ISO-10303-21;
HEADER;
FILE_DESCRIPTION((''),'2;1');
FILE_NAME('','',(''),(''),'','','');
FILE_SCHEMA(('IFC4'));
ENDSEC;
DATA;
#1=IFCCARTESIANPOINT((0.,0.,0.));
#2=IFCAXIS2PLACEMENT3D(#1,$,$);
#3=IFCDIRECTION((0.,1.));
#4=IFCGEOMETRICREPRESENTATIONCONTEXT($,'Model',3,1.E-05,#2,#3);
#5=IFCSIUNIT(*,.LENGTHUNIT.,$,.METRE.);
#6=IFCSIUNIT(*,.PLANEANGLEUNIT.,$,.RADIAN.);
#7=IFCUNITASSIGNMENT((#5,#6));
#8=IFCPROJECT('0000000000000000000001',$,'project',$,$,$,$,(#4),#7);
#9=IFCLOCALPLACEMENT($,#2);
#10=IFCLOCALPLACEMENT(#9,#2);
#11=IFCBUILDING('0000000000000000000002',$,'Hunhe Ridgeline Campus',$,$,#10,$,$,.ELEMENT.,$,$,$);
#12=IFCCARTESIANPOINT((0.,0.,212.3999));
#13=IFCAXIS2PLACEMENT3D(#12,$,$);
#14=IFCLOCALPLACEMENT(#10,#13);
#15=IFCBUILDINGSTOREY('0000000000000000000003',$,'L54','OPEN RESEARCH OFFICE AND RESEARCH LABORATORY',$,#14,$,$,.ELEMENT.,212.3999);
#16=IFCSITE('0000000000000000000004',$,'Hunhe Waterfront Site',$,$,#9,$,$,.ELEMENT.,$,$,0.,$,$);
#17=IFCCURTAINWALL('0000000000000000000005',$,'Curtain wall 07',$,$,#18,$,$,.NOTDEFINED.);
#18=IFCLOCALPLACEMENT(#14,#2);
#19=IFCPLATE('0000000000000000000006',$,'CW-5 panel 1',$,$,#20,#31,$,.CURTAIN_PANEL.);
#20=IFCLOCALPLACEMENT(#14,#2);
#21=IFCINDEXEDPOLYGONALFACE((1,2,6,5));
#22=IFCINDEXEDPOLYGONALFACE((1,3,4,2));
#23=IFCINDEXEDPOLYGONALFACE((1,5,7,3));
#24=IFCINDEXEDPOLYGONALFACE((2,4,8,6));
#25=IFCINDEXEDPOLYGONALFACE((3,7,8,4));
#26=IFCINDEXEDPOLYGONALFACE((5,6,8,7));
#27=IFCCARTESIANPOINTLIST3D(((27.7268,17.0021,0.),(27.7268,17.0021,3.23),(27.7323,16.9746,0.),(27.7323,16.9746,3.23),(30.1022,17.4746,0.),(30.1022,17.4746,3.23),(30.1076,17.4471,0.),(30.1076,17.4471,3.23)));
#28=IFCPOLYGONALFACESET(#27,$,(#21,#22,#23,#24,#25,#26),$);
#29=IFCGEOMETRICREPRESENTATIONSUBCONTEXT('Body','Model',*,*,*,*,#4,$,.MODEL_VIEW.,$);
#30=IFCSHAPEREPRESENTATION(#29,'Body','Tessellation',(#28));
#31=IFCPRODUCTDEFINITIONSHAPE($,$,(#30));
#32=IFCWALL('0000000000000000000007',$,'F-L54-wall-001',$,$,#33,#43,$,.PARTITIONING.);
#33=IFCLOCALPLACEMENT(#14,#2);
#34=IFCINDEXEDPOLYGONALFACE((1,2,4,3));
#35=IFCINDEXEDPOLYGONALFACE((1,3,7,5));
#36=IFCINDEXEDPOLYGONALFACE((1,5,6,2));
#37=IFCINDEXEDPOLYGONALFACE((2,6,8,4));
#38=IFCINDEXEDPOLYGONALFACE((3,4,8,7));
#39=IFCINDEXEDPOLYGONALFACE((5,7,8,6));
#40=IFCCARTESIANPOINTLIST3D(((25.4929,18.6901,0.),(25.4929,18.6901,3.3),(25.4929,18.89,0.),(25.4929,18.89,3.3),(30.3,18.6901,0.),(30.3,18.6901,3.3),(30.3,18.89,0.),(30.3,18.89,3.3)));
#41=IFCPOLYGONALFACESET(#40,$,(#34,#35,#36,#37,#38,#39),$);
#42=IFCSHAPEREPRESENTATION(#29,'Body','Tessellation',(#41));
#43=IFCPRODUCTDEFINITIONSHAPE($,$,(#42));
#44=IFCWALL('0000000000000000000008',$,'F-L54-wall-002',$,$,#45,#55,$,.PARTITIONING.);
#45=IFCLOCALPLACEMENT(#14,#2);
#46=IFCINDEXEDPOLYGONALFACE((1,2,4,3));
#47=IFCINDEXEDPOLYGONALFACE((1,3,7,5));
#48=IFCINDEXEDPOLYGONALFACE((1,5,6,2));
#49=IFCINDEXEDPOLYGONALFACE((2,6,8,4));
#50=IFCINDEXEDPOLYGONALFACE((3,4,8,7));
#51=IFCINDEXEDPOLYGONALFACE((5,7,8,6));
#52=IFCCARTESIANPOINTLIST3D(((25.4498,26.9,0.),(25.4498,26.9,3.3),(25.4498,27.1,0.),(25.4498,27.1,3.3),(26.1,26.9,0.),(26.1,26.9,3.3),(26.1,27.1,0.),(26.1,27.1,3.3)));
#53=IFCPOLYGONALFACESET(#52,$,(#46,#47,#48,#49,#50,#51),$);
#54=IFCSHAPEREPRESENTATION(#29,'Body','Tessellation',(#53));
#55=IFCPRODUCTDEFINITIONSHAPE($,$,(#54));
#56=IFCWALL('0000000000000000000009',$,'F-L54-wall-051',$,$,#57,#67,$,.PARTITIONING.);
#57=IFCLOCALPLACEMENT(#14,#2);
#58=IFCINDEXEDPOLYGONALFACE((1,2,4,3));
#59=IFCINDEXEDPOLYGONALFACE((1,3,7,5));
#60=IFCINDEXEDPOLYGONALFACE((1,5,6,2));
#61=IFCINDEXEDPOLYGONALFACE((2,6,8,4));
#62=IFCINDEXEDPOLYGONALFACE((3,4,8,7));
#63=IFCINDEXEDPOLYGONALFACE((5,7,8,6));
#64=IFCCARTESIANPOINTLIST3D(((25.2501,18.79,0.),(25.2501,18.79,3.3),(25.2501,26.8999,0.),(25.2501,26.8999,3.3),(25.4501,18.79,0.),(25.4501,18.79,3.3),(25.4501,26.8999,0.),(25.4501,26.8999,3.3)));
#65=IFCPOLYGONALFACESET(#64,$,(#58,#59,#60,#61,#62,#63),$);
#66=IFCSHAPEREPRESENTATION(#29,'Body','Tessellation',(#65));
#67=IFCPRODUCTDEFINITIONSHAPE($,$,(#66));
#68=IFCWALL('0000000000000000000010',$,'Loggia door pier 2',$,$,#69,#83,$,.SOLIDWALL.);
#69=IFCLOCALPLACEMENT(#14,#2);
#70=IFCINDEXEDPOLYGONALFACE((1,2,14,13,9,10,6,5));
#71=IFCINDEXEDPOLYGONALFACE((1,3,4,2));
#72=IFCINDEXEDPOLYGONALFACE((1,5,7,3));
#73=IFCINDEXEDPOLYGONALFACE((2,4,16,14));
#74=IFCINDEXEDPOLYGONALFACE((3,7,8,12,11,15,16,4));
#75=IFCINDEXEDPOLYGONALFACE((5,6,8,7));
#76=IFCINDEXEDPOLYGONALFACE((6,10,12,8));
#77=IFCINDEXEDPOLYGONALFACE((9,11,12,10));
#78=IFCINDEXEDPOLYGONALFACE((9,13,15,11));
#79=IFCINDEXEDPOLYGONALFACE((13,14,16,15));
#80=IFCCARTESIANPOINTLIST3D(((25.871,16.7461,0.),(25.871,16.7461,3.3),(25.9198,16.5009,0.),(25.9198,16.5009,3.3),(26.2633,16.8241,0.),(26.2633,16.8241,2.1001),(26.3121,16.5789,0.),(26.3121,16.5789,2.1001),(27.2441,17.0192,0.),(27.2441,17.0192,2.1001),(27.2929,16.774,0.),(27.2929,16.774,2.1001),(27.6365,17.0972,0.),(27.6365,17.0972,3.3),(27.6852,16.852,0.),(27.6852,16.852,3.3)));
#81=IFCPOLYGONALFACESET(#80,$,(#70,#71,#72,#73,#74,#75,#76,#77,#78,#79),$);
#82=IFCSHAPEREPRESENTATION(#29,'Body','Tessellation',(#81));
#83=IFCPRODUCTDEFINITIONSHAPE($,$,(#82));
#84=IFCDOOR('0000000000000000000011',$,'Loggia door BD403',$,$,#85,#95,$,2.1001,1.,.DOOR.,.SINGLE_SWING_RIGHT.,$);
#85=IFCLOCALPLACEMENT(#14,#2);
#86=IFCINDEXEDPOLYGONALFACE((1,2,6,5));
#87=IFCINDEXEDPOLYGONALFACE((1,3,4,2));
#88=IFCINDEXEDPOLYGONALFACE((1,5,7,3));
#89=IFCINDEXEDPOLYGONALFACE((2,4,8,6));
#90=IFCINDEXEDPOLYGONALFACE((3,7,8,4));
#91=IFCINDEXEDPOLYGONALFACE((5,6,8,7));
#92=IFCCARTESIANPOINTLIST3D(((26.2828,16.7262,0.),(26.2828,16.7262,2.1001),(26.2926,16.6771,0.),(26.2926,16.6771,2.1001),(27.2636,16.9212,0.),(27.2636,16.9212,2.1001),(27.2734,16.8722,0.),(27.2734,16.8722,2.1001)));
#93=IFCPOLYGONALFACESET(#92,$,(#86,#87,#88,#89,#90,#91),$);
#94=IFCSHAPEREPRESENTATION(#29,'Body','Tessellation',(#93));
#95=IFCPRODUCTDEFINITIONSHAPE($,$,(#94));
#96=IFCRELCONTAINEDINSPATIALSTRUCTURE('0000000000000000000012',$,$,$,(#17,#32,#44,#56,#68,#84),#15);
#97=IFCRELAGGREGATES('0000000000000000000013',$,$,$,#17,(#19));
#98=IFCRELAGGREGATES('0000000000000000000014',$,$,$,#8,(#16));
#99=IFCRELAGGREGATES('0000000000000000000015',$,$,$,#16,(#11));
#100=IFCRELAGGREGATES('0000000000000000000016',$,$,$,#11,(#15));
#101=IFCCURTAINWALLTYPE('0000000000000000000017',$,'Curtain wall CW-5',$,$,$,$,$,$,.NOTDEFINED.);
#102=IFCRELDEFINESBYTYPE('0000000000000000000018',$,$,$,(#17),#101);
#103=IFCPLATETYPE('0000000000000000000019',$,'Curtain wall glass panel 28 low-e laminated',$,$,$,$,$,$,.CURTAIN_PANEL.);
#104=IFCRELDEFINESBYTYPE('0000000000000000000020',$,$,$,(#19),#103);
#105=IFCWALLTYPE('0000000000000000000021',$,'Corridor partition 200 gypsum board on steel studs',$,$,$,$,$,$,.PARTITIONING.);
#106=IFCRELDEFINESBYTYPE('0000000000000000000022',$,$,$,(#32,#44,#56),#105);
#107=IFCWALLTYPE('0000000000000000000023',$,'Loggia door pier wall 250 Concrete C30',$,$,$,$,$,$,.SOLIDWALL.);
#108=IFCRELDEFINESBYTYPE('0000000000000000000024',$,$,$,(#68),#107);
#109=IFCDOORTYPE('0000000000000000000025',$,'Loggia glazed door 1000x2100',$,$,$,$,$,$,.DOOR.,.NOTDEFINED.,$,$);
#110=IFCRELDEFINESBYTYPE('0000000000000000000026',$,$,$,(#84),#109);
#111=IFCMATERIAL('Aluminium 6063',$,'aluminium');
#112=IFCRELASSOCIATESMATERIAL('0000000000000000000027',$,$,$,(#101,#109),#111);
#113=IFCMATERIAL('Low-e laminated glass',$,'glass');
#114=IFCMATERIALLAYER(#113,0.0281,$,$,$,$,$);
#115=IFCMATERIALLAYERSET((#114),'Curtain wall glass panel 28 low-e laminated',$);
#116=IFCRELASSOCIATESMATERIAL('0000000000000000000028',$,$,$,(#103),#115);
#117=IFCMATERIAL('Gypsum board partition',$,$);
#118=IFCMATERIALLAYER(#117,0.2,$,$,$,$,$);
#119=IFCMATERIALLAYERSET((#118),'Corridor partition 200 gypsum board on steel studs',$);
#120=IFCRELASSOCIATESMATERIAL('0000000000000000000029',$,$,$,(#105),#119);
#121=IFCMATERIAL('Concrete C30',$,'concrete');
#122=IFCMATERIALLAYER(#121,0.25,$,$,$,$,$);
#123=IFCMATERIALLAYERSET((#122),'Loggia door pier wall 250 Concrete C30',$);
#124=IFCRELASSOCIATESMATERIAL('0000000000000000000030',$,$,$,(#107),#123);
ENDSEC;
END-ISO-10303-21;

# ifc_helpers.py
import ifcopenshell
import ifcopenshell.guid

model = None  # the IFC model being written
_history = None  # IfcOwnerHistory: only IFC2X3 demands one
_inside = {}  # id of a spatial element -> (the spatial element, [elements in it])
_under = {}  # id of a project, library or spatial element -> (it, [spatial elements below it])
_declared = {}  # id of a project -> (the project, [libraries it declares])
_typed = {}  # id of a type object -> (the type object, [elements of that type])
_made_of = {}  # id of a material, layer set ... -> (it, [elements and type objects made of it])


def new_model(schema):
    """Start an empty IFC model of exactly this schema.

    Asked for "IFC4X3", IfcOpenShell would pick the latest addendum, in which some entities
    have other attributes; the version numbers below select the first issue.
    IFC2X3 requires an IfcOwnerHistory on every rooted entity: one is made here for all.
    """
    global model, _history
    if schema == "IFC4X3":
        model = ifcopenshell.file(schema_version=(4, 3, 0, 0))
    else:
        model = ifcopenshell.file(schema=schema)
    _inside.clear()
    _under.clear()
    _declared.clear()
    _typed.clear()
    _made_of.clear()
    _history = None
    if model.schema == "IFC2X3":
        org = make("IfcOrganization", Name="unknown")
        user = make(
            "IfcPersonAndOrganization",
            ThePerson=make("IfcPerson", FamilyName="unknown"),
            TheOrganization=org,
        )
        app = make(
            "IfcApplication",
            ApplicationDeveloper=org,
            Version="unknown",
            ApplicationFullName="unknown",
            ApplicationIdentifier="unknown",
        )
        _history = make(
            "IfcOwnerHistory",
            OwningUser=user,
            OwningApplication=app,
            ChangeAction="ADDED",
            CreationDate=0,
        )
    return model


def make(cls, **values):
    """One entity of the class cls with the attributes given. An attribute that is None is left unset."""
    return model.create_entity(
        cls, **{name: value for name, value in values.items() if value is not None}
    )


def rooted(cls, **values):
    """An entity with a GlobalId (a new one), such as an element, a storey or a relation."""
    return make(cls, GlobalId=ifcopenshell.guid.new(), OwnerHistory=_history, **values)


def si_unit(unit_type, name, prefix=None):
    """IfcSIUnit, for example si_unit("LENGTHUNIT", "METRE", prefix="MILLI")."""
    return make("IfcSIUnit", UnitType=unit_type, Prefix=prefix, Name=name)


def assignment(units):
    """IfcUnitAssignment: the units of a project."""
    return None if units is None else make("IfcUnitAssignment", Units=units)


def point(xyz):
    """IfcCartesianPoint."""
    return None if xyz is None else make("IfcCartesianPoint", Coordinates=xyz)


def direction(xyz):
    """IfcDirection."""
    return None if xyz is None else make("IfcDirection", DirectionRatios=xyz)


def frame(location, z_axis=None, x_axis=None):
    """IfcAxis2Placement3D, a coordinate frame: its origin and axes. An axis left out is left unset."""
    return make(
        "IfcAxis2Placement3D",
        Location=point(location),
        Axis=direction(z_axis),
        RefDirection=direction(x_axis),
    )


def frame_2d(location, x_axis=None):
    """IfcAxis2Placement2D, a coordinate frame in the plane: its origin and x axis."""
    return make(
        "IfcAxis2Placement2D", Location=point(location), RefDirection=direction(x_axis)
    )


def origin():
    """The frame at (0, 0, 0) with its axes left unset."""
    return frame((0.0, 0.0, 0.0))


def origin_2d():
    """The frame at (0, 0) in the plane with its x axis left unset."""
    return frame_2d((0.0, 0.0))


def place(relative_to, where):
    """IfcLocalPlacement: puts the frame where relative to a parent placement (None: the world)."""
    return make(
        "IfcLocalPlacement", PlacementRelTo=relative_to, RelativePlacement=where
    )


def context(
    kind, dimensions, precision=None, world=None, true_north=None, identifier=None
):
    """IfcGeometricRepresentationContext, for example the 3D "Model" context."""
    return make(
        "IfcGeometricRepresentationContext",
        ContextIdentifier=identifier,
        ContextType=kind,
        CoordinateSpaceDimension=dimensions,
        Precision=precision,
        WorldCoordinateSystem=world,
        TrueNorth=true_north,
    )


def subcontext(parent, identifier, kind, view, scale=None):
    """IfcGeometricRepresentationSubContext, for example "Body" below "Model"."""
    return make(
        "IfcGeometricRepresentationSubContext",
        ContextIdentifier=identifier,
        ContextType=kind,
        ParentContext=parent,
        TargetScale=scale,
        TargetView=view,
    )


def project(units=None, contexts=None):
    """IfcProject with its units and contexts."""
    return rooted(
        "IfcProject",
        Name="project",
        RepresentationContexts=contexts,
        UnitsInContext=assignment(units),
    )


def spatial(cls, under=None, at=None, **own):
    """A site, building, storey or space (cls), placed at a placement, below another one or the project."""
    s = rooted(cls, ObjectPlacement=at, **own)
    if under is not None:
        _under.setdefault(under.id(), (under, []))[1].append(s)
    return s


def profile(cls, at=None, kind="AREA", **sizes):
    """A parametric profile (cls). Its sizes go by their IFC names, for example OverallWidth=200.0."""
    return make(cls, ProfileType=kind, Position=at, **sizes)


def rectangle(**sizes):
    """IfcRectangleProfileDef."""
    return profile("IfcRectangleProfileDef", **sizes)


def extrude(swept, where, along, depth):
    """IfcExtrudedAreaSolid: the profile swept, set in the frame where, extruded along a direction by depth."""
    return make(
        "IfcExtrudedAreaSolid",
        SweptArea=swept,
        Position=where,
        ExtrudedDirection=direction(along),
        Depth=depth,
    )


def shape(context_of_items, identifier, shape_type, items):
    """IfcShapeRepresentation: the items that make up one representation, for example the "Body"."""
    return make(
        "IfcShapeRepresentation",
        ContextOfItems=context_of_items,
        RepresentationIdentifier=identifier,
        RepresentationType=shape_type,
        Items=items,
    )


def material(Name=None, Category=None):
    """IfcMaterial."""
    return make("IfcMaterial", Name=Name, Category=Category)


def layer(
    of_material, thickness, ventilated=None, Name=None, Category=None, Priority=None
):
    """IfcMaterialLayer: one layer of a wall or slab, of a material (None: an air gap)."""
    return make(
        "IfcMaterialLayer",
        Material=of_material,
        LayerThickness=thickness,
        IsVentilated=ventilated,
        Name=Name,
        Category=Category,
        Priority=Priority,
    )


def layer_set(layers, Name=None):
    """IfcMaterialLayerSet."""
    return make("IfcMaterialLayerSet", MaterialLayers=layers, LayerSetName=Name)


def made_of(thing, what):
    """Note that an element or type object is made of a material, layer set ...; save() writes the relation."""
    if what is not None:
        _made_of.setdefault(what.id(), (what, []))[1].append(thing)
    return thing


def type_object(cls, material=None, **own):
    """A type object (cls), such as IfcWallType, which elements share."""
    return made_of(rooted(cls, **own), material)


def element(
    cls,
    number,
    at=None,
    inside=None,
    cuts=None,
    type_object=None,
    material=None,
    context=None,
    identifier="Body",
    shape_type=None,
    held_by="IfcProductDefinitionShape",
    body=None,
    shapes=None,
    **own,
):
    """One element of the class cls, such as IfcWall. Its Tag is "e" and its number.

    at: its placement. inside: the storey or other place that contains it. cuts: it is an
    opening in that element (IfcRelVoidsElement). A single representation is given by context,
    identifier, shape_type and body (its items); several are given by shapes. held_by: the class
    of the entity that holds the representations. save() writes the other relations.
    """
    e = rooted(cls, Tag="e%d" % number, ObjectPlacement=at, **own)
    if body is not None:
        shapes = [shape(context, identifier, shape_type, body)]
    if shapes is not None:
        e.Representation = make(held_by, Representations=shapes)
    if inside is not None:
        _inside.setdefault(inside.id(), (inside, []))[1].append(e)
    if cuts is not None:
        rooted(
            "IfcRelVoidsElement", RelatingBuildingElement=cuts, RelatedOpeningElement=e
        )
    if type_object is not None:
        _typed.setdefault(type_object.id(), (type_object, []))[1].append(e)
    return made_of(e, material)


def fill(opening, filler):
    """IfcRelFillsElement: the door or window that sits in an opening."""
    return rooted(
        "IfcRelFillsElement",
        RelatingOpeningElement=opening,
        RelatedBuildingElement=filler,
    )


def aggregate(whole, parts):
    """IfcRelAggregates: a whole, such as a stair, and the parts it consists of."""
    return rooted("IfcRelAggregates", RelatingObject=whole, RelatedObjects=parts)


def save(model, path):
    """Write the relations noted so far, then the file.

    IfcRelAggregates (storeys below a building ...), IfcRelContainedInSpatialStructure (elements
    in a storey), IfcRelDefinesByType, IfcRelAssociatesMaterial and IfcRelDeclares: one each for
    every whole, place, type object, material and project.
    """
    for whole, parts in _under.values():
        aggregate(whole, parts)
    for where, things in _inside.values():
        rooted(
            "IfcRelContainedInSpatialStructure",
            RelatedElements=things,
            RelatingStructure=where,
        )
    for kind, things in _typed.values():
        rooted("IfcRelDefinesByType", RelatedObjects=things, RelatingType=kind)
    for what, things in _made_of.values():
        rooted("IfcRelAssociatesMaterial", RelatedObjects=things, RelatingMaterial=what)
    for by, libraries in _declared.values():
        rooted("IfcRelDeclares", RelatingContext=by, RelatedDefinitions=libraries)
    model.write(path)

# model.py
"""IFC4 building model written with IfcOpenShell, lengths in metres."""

from ifc_helpers import new_model, si_unit, direction, frame, frame_2d, origin, origin_2d, place, context, subcontext, project, spatial, rectangle, extrude, material, layer, layer_set, type_object, element, fill, aggregate, save


model = new_model("IFC4")

# Units and contexts
model_context = context("Model", 3, precision=1e-05, world=origin(), true_north=direction((0.0, 1.0)))
body_context = subcontext(model_context, "Body", "Model", "MODEL_VIEW")
ifc_project = project(units=[si_unit("LENGTHUNIT", "METRE"), si_unit("PLANEANGLEUNIT", "RADIAN")], contexts=[model_context])

# Site, building, storey
site_placement = place(None, origin())
site = spatial("IfcSite", under=ifc_project, at=site_placement, Name="Hunhe Waterfront Site", CompositionType="ELEMENT", RefElevation=0.0)
building_placement = place(site_placement, origin())
building = spatial("IfcBuilding", under=site, at=building_placement, Name="Hunhe Ridgeline Campus", CompositionType="ELEMENT")
storey_placement = place(building_placement, frame((0.0, 0.0, 212.3999)))
storey = spatial("IfcBuildingStorey", under=building, at=storey_placement, Name="L54", Description="OPEN RESEARCH OFFICE AND RESEARCH LABORATORY", CompositionType="ELEMENT", Elevation=212.3999)

# Shared definitions
ifc_material_1 = material(Name="Aluminium 6063", Category="aluminium")
curtain_wall_type = type_object("IfcCurtainWallType", Name="Curtain wall CW-5", PredefinedType="NOTDEFINED", material=ifc_material_1)

# Curtain wall
curtain_wall_1_placement = place(storey_placement, origin())
curtain_wall_1 = element("IfcCurtainWall", 1, at=curtain_wall_1_placement, inside=storey, type_object=curtain_wall_type, Name="Curtain wall 07", PredefinedType="NOTDEFINED")

# Plate
ifc_material_2 = material(Name="Low-e laminated glass", Category="glass")
ifc_layer_1 = layer(ifc_material_2, 0.0281)
ifc_layer_set_1 = layer_set([ifc_layer_1], Name="Curtain wall glass panel 28 low-e laminated")
plate_type = type_object("IfcPlateType", Name="Curtain wall glass panel 28 low-e laminated", PredefinedType="CURTAIN_PANEL", material=ifc_layer_set_1)
plate_1_placement = place(storey_placement, frame((28.9172, 17.2246, 0.0), z_axis=(0.0, 0.0, 1.0), x_axis=(0.980785, 0.195091, 0.0)))
plate_1 = element("IfcPlate", 2, at=plate_1_placement, type_object=plate_type, Name="CW-5 panel 1", PredefinedType="CURTAIN_PANEL", context=body_context, shape_type="SweptSolid", body=[
    extrude(rectangle(XDim=2.4219, YDim=0.0281, at=origin_2d()), origin(), (0.0, 0.0, 1.0), 3.23),
])
aggregate(curtain_wall_1, [plate_1])

# Walls
ifc_material_3 = material(Name="Gypsum board partition")
ifc_layer_2 = layer(ifc_material_3, 0.2)
ifc_layer_set_2 = layer_set([ifc_layer_2], Name="Corridor partition 200 gypsum board on steel studs")
wall_type_1 = type_object("IfcWallType", Name="Corridor partition 200 gypsum board on steel studs", PredefinedType="PARTITIONING", material=ifc_layer_set_2)
wall_1_placement = place(storey_placement, frame((25.4929, 18.79, 0.0), z_axis=(0.0, 0.0, 1.0), x_axis=(1.0, 0.0, 0.0)))
element("IfcWall", 3, at=wall_1_placement, inside=storey, type_object=wall_type_1, Name="F-L54-wall-001", PredefinedType="PARTITIONING", context=body_context, shape_type="SweptSolid", body=[
    extrude(rectangle(XDim=4.8071, YDim=0.2, at=frame_2d((2.4036, 0.0))), origin(), (0.0, 0.0, 1.0), 3.3),
])
wall_2_placement = place(storey_placement, frame((26.1001, 27.0, 0.0), z_axis=(0.0, 0.0, 1.0), x_axis=(-1.0, 0.0, 0.0)))
element("IfcWall", 4, at=wall_2_placement, inside=storey, type_object=wall_type_1, Name="F-L54-wall-002", PredefinedType="PARTITIONING", context=body_context, shape_type="SweptSolid", body=[
    extrude(rectangle(XDim=0.6501, YDim=0.2, at=frame_2d((0.3252, 0.0))), origin(), (0.0, 0.0, 1.0), 3.3),
])

# Wall
wall_3_placement = place(storey_placement, frame((25.3501, 26.8999, 0.0), z_axis=(0.0, 0.0, 1.0), x_axis=(0.0, -1.0, 0.0)))
element("IfcWall", 5, at=wall_3_placement, inside=storey, type_object=wall_type_1, Name="F-L54-wall-051", PredefinedType="PARTITIONING", context=body_context, shape_type="SweptSolid", body=[
    extrude(rectangle(XDim=8.1099, YDim=0.2, at=frame_2d((4.0549, 0.0))), origin(), (0.0, 0.0, 1.0), 3.3),
])

# Wall, opening, door
ifc_material_4 = material(Name="Concrete C30", Category="concrete")
ifc_layer_3 = layer(ifc_material_4, 0.25)
ifc_layer_set_3 = layer_set([ifc_layer_3], Name="Loggia door pier wall 250 Concrete C30")
wall_type_2 = type_object("IfcWallType", Name="Loggia door pier wall 250 Concrete C30", PredefinedType="SOLIDWALL", material=ifc_layer_set_3)
wall_4_placement = place(storey_placement, frame((25.8955, 16.6235, 0.0), z_axis=(0.0, 0.0, 1.0), x_axis=(0.980794, 0.195047, 0.0)))
wall_4 = element("IfcWall", 6, at=wall_4_placement, inside=storey, type_object=wall_type_2, Name="Loggia door pier 2", PredefinedType="SOLIDWALL", context=body_context, shape_type="SweptSolid", body=[
    extrude(rectangle(XDim=1.8, YDim=0.25, at=frame_2d((0.8999, 0.0))), origin(), (0.0, 0.0, 1.0), 3.3),
])
opening_1_placement = place(wall_4_placement, frame((0.3999, 0.0, 0.0)))
opening_1 = element("IfcOpeningElement", 7, at=opening_1_placement, cuts=wall_4, PredefinedType="OPENING", context=body_context, shape_type="SweptSolid", body=[
    extrude(rectangle(XDim=1.0, YDim=2.1001, at=frame_2d((0.5, 1.05))), frame((0.0, 0.125, 0.0), z_axis=(0.0, -1.0, 0.0), x_axis=(1.0, 0.0, 0.0)), (0.0, 0.0, 1.0), 0.25),
])
door_type_1 = type_object("IfcDoorType", Name="Loggia glazed door 1000x2100", OperationType="NOTDEFINED", PredefinedType="DOOR", material=ifc_material_1)
door_1_placement = place(opening_1_placement, frame((1.0, 0.0, 0.0), z_axis=(0.0, 0.0, 1.0), x_axis=(-1.0, 0.0, 0.0)))
door_1 = element("IfcDoor", 8, at=door_1_placement, inside=storey, type_object=door_type_1, Name="Loggia door BD403", OperationType="SINGLE_SWING_RIGHT", OverallHeight=2.1001, OverallWidth=1.0, PredefinedType="DOOR", context=body_context, shape_type="SweptSolid", body=[
    extrude(rectangle(XDim=1.0, YDim=2.1001, at=frame_2d((0.5, 1.05))), frame((0.0, 0.0249, 0.0), z_axis=(0.0, -1.0, 0.0), x_axis=(1.0, 0.0, 0.0)), (0.0, 0.0, 1.0), 0.05),
])
fill(opening_1, door_1)

save(model, "model.ifc")
